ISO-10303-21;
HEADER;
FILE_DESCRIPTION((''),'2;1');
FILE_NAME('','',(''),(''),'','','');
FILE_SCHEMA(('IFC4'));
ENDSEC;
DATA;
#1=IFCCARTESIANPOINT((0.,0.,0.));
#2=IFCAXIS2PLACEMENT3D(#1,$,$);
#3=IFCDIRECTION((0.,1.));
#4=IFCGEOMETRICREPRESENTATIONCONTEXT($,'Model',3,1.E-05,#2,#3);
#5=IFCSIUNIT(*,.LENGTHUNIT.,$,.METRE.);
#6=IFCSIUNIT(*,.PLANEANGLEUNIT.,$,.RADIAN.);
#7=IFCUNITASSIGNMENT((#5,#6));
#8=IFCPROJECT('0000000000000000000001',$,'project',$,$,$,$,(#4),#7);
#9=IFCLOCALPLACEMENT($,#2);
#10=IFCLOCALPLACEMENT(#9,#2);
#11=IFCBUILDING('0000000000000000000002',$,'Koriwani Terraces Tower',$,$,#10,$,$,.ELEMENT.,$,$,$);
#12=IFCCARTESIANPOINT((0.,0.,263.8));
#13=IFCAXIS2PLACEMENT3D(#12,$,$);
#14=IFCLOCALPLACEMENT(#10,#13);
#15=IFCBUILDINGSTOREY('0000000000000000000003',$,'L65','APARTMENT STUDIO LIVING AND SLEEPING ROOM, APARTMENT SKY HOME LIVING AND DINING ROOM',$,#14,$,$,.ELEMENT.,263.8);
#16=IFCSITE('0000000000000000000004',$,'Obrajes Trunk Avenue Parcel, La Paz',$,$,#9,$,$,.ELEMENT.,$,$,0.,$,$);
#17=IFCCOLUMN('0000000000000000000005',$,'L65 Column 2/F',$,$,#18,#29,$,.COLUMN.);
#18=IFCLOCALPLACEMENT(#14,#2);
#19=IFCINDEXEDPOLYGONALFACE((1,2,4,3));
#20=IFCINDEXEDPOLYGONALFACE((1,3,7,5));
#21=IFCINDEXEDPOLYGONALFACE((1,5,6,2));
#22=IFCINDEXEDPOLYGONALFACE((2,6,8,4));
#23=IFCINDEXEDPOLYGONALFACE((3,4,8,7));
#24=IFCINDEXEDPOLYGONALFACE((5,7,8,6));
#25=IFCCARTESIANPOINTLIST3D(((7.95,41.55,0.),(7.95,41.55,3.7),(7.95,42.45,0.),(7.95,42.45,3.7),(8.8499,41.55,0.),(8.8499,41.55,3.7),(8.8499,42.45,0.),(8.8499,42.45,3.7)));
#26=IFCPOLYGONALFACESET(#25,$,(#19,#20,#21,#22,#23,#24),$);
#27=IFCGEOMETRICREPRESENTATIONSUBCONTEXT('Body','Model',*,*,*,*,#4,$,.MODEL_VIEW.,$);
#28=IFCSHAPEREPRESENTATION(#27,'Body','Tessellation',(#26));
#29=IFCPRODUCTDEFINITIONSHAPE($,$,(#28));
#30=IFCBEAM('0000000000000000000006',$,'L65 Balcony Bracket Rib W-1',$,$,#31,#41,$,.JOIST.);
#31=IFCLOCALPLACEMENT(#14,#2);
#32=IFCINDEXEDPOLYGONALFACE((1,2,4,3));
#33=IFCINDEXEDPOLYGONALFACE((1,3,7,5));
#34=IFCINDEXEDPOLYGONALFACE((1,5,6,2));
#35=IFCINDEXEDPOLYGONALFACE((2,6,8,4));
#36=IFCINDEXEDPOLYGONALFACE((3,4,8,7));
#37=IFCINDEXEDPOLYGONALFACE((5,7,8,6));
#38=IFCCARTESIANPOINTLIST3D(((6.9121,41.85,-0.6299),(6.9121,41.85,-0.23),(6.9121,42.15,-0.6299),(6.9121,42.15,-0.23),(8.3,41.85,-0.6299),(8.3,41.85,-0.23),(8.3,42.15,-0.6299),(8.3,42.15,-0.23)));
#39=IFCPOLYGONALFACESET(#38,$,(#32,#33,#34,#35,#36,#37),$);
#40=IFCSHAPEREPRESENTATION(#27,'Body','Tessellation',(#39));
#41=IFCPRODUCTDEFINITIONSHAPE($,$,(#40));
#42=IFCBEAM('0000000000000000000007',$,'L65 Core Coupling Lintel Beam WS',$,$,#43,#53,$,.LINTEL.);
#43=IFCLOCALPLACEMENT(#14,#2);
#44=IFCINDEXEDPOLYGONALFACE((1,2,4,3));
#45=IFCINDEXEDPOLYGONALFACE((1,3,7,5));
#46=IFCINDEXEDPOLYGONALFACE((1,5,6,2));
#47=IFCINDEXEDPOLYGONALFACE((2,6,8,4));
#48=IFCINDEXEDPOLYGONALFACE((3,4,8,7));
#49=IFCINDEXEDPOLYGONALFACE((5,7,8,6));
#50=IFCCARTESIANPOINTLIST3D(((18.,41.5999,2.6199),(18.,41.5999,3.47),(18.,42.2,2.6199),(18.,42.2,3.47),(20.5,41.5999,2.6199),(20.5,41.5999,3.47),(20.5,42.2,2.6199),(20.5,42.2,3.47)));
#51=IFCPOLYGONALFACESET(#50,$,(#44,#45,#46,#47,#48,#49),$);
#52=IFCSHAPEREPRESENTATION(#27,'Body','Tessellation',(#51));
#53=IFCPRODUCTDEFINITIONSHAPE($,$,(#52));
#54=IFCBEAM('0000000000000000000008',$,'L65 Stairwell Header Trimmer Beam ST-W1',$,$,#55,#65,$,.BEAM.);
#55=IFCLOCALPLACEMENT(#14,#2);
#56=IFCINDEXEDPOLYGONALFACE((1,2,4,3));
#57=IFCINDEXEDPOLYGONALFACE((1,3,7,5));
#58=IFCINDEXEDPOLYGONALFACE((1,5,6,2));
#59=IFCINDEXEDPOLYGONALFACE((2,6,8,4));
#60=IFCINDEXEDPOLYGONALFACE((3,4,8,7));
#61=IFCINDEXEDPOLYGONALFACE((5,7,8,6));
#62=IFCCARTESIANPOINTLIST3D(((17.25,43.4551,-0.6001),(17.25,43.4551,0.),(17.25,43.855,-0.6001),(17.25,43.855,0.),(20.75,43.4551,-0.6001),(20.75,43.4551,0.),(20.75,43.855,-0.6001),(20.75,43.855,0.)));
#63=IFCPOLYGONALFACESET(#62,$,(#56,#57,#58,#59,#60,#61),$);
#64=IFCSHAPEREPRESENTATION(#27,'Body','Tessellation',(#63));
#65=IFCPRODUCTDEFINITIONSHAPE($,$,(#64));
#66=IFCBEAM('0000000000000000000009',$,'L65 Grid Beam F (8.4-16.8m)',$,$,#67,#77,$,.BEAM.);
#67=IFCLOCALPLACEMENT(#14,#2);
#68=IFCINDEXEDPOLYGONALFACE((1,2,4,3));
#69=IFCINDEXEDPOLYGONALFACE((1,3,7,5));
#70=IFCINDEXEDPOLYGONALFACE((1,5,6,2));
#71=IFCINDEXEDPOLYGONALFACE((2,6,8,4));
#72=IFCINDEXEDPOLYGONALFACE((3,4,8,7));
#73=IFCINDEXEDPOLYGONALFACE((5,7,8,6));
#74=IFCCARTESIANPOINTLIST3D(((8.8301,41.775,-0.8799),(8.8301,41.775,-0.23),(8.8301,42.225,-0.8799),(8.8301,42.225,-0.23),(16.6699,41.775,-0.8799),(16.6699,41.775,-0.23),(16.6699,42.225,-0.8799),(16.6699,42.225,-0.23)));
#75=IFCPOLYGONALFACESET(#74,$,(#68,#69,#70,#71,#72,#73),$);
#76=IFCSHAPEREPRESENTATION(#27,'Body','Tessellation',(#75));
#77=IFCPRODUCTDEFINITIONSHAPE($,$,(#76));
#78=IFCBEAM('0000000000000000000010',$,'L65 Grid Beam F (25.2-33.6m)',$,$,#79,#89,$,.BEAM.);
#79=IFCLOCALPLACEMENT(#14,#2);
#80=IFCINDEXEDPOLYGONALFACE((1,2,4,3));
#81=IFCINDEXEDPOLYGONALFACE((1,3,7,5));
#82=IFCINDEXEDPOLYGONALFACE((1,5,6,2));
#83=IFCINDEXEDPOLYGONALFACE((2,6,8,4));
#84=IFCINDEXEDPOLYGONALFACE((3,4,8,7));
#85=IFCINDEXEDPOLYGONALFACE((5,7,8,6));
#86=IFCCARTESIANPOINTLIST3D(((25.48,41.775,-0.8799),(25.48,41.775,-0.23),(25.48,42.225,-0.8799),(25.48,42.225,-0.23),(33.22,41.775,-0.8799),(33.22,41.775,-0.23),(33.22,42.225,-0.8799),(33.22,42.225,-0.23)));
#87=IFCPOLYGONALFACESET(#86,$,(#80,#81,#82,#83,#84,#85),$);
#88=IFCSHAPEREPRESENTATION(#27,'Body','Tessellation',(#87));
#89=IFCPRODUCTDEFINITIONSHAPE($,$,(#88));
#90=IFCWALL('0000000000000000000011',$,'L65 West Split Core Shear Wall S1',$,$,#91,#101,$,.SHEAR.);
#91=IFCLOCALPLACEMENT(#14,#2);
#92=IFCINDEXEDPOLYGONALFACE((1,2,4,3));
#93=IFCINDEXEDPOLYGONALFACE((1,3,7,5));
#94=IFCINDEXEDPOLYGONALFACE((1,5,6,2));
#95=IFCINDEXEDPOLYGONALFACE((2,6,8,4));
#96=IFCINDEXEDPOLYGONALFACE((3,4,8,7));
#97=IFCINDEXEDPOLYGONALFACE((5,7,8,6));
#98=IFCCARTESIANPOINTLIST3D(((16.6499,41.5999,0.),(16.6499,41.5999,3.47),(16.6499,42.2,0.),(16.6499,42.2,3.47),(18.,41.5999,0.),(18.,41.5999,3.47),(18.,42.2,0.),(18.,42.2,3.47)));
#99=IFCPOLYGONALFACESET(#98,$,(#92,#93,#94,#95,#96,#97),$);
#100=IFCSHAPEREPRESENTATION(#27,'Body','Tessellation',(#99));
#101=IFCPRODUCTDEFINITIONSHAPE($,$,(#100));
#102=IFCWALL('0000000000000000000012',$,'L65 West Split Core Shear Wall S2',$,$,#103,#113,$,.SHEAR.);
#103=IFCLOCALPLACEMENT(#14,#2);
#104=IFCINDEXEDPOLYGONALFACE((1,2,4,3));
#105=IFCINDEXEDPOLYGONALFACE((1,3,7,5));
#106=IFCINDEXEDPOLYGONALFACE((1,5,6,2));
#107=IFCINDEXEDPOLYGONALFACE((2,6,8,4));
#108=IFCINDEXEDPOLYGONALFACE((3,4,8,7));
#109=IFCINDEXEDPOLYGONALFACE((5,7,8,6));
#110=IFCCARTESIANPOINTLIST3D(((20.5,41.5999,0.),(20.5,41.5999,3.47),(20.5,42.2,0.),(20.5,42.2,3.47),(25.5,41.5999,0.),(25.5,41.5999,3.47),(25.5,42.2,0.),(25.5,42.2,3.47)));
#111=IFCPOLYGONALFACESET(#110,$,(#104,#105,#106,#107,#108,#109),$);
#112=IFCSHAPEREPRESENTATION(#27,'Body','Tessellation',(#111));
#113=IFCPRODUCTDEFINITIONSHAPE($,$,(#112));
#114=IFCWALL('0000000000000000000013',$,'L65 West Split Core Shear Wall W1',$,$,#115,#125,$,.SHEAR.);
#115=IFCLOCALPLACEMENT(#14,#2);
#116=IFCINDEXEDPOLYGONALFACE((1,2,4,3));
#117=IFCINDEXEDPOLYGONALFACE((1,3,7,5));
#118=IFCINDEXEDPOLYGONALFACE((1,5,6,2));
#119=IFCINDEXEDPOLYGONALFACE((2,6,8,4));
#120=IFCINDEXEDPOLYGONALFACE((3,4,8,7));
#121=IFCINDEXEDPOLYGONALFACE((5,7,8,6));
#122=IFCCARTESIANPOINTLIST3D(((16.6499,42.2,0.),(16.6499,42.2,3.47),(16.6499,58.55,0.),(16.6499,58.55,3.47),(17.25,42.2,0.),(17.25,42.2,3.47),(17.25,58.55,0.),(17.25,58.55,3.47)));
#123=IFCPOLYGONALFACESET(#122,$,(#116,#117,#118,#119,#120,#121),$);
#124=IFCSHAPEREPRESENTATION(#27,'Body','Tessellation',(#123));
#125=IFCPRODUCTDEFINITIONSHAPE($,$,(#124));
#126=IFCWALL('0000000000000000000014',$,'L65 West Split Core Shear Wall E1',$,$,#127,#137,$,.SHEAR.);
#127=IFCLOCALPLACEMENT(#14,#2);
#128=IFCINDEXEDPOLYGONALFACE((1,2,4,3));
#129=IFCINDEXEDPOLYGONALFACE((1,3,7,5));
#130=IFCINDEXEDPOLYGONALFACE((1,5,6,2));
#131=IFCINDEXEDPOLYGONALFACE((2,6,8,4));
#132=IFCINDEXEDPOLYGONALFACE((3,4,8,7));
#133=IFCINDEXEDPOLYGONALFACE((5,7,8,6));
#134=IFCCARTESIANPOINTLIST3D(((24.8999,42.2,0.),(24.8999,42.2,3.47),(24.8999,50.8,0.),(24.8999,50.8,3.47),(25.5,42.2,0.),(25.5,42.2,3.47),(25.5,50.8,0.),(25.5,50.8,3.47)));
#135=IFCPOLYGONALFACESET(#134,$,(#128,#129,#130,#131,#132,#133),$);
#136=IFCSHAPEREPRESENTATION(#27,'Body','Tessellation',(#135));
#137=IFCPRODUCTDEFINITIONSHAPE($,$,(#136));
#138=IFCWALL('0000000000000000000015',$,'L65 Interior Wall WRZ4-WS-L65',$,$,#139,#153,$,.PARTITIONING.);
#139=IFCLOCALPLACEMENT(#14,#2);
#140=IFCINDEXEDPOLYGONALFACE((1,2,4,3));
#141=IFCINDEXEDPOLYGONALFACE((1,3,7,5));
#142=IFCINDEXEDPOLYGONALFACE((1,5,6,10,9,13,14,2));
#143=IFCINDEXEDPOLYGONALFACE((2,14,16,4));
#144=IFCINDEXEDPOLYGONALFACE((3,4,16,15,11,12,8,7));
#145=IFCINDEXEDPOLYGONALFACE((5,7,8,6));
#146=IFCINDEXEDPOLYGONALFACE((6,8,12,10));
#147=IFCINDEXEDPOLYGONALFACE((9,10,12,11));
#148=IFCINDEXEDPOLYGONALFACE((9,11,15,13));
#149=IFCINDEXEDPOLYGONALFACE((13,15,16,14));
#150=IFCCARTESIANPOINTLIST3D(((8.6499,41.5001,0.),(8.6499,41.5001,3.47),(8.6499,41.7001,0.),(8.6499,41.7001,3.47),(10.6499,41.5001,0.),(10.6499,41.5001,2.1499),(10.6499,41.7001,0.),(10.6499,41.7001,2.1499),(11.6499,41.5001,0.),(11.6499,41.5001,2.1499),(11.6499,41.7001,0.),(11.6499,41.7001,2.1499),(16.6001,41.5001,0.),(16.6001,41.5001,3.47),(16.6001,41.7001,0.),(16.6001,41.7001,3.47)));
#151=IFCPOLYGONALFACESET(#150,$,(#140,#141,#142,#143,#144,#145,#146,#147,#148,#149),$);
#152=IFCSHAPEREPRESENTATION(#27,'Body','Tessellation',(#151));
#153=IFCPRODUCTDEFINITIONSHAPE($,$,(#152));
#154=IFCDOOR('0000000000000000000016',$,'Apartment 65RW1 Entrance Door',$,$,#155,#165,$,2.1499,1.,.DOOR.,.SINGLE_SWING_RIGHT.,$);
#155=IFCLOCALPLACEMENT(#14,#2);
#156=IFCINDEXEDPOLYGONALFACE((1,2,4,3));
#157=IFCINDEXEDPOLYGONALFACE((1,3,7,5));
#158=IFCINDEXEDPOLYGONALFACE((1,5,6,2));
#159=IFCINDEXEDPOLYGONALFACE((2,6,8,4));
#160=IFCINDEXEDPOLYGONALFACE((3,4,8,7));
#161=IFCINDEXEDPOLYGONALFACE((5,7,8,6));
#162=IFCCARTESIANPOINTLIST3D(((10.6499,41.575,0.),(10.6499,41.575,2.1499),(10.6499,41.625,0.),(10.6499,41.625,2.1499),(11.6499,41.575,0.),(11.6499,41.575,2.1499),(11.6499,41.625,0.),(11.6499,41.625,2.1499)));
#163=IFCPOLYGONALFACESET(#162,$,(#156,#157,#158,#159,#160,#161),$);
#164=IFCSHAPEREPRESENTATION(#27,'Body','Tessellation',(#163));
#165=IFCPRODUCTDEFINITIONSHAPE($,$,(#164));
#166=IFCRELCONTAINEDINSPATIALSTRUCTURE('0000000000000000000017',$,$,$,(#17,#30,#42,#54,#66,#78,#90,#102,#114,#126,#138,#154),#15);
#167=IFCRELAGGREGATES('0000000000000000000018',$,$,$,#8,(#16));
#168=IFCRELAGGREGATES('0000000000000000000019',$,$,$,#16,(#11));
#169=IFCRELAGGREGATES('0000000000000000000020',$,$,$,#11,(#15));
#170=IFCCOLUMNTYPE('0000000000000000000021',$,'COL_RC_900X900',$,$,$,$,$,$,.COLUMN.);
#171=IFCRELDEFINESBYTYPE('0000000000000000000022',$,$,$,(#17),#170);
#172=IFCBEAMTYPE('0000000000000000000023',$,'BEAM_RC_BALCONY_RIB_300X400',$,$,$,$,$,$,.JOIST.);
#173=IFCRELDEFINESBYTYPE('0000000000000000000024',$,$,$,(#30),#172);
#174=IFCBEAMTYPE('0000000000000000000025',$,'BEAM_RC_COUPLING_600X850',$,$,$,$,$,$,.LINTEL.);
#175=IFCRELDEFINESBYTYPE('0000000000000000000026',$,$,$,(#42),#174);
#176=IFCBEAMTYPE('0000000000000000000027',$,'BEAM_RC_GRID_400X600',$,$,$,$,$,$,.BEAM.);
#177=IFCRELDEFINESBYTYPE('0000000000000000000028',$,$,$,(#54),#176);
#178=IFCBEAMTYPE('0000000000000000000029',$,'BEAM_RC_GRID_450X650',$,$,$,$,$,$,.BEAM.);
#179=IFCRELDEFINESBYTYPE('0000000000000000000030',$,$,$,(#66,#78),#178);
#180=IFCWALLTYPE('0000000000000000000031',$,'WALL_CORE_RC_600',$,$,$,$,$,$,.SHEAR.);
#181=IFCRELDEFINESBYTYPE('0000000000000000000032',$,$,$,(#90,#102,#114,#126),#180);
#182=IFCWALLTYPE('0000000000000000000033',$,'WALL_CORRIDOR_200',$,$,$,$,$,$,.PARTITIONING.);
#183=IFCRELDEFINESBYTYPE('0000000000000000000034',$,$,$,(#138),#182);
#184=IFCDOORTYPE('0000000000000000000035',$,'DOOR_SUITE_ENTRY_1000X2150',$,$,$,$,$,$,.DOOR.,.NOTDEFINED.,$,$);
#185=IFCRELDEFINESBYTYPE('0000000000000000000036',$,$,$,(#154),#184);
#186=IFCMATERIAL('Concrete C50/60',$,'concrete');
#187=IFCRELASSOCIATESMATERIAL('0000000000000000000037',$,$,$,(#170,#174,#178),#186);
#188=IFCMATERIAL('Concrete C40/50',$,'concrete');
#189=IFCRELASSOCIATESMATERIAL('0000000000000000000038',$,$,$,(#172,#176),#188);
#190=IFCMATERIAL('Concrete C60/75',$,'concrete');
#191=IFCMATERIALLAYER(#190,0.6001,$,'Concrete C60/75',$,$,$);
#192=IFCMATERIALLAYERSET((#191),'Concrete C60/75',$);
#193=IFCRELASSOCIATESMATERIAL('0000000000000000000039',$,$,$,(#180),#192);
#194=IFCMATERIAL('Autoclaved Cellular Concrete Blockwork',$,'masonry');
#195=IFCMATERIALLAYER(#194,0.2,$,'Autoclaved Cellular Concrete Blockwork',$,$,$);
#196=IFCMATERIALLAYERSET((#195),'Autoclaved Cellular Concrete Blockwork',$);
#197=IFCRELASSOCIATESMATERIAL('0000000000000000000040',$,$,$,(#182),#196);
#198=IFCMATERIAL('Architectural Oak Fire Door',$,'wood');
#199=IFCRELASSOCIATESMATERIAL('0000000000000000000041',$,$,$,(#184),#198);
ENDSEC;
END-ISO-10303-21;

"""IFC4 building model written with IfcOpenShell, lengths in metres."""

from ifc_helpers import new_model, si_unit, direction, frame, frame_2d, origin, origin_2d, place, context, subcontext, project, spatial, rectangle, extrude, material, layer, layer_set, material_profile, profile_set, type_object, element, fill, save


model = new_model("IFC4")

# Units and contexts
model_context = context("Model", 3, precision=1e-05, world=origin(), true_north=direction((0.0, 1.0)))
body_context = subcontext(model_context, "Body", "Model", "MODEL_VIEW")
ifc_project = project(units=[si_unit("LENGTHUNIT", "METRE"), si_unit("PLANEANGLEUNIT", "RADIAN")], contexts=[model_context])

# Site, building, storey
site_placement = place(None, origin())
site = spatial("IfcSite", under=ifc_project, at=site_placement, Name="Obrajes Trunk Avenue Parcel, La Paz", CompositionType="ELEMENT", RefElevation=0.0)
building_placement = place(site_placement, origin())
building = spatial("IfcBuilding", under=site, at=building_placement, Name="Koriwani Terraces Tower", CompositionType="ELEMENT")
storey_placement = place(building_placement, frame((0.0, 0.0, 263.8)))
storey = spatial("IfcBuildingStorey", under=building, at=storey_placement, Name="L65", Description="APARTMENT STUDIO LIVING AND SLEEPING ROOM, APARTMENT SKY HOME LIVING AND DINING ROOM", CompositionType="ELEMENT", Elevation=263.8)

# Column
ifc_material_1 = material(Name="Concrete C50/60", Category="concrete")
ifc_material_profile_1 = material_profile(ifc_material_1, rectangle(XDim=0.8999, YDim=0.8999, at=origin_2d()), Name="Concrete C50/60", Category="LoadBearing")
ifc_profile_set_1 = profile_set([ifc_material_profile_1], Name="Concrete C50/60")
column_type = type_object("IfcColumnType", Name="COL_RC_900X900", PredefinedType="COLUMN", material=ifc_profile_set_1)
column_placement = place(storey_placement, frame((8.3999, 42.0, 0.0), z_axis=(0.0, 0.0, 1.0), x_axis=(1.0, 0.0, 0.0)))
element("IfcColumn", 1, at=column_placement, inside=storey, type_object=column_type, Name="L65 Column 2/F", PredefinedType="COLUMN", context=body_context, shape_type="SweptSolid", body=[
    extrude(rectangle(XDim=0.8999, YDim=0.8999, at=origin_2d()), origin(), (0.0, 0.0, 1.0), 3.7),
])

# Beams
ifc_material_2 = material(Name="Concrete C40/50", Category="concrete")
ifc_material_profile_2 = material_profile(ifc_material_2, rectangle(XDim=0.3, YDim=0.3999, at=origin_2d()), Name="Concrete C40/50", Category="LoadBearing")
ifc_profile_set_2 = profile_set([ifc_material_profile_2], Name="Concrete C40/50")
beam_type_1 = type_object("IfcBeamType", Name="BEAM_RC_BALCONY_RIB_300X400", PredefinedType="JOIST", material=ifc_profile_set_2)
beam_1_placement = place(storey_placement, frame((6.9121, 42.0, -0.4299), z_axis=(1.0, 0.0, 0.0), x_axis=(0.0, 1.0, 0.0)))
element("IfcBeam", 2, at=beam_1_placement, inside=storey, type_object=beam_type_1, Name="L65 Balcony Bracket Rib W-1", PredefinedType="JOIST", context=body_context, shape_type="SweptSolid", body=[
    extrude(rectangle(XDim=0.3, YDim=0.3999, at=origin_2d()), origin(), (0.0, 0.0, 1.0), 1.3879),
])
ifc_material_profile_3 = material_profile(ifc_material_1, rectangle(XDim=0.6001, YDim=0.8501, at=origin_2d()), Name="Concrete C50/60", Category="LoadBearing")
ifc_profile_set_3 = profile_set([ifc_material_profile_3], Name="Concrete C50/60")
beam_type_2 = type_object("IfcBeamType", Name="BEAM_RC_COUPLING_600X850", PredefinedType="LINTEL", material=ifc_profile_set_3)
beam_2_placement = place(storey_placement, frame((18.0, 41.8999, 3.0449), z_axis=(1.0, 0.0, 0.0), x_axis=(0.0, 1.0, 0.0)))
element("IfcBeam", 3, at=beam_2_placement, inside=storey, type_object=beam_type_2, Name="L65 Core Coupling Lintel Beam WS", PredefinedType="LINTEL", context=body_context, shape_type="SweptSolid", body=[
    extrude(rectangle(XDim=0.6001, YDim=0.8501, at=origin_2d()), origin(), (0.0, 0.0, 1.0), 2.5),
])
ifc_material_profile_4 = material_profile(ifc_material_2, rectangle(XDim=0.3999, YDim=0.6001, at=origin_2d()), Name="Concrete C40/50", Category="LoadBearing")
ifc_profile_set_4 = profile_set([ifc_material_profile_4], Name="Concrete C40/50")
beam_type_3 = type_object("IfcBeamType", Name="BEAM_RC_GRID_400X600", PredefinedType="BEAM", material=ifc_profile_set_4)
beam_3_placement = place(storey_placement, frame((17.25, 43.655, -0.3), z_axis=(1.0, 0.0, 0.0), x_axis=(0.0, 1.0, 0.0)))
element("IfcBeam", 4, at=beam_3_placement, inside=storey, type_object=beam_type_3, Name="L65 Stairwell Header Trimmer Beam ST-W1", PredefinedType="BEAM", context=body_context, shape_type="SweptSolid", body=[
    extrude(rectangle(XDim=0.3999, YDim=0.6001, at=origin_2d()), origin(), (0.0, 0.0, 1.0), 3.5),
])
ifc_material_profile_5 = material_profile(ifc_material_1, rectangle(XDim=0.45, YDim=0.6499, at=origin_2d()), Name="Concrete C50/60", Category="LoadBearing")
ifc_profile_set_5 = profile_set([ifc_material_profile_5], Name="Concrete C50/60")
beam_type_4 = type_object("IfcBeamType", Name="BEAM_RC_GRID_450X650", PredefinedType="BEAM", material=ifc_profile_set_5)
beam_4_placement = place(storey_placement, frame((8.8301, 42.0, -0.5549), z_axis=(1.0, 0.0, 0.0), x_axis=(0.0, 1.0, 0.0)))
element("IfcBeam", 5, at=beam_4_placement, inside=storey, type_object=beam_type_4, Name="L65 Grid Beam F (8.4-16.8m)", PredefinedType="BEAM", context=body_context, shape_type="SweptSolid", body=[
    extrude(rectangle(XDim=0.45, YDim=0.6499, at=origin_2d()), origin(), (0.0, 0.0, 1.0), 7.8398),
])
beam_5_placement = place(storey_placement, frame((25.48, 42.0, -0.5549), z_axis=(1.0, 0.0, 0.0), x_axis=(0.0, 1.0, 0.0)))
element("IfcBeam", 6, at=beam_5_placement, inside=storey, type_object=beam_type_4, Name="L65 Grid Beam F (25.2-33.6m)", PredefinedType="BEAM", context=body_context, shape_type="SweptSolid", body=[
    extrude(rectangle(XDim=0.45, YDim=0.6499, at=origin_2d()), origin(), (0.0, 0.0, 1.0), 7.74),
])

# Walls
ifc_material_3 = material(Name="Concrete C60/75", Category="concrete")
ifc_layer_1 = layer(ifc_material_3, 0.6001, Name="Concrete C60/75")
ifc_layer_set_1 = layer_set([ifc_layer_1], Name="Concrete C60/75")
wall_type_1 = type_object("IfcWallType", Name="WALL_CORE_RC_600", PredefinedType="SHEAR", material=ifc_layer_set_1)
wall_1_placement = place(storey_placement, frame((16.6499, 41.8999, 0.0), z_axis=(0.0, 0.0, 1.0), x_axis=(1.0, 0.0, 0.0)))
element("IfcWall", 7, at=wall_1_placement, inside=storey, type_object=wall_type_1, Name="L65 West Split Core Shear Wall S1", PredefinedType="SHEAR", context=body_context, shape_type="SweptSolid", body=[
    extrude(rectangle(XDim=1.3501, YDim=0.6001, at=frame_2d((0.675, 0.0))), origin(), (0.0, 0.0, 1.0), 3.47),
])
wall_2_placement = place(storey_placement, frame((20.5, 41.8999, 0.0), z_axis=(0.0, 0.0, 1.0), x_axis=(1.0, 0.0, 0.0)))
element("IfcWall", 8, at=wall_2_placement, inside=storey, type_object=wall_type_1, Name="L65 West Split Core Shear Wall S2", PredefinedType="SHEAR", context=body_context, shape_type="SweptSolid", body=[
    extrude(rectangle(XDim=5.0, YDim=0.6001, at=frame_2d((2.5, 0.0))), origin(), (0.0, 0.0, 1.0), 3.47),
])
wall_3_placement = place(storey_placement, frame((16.95, 42.2, 0.0), z_axis=(0.0, 0.0, 1.0), x_axis=(0.0, 1.0, 0.0)))
element("IfcWall", 9, at=wall_3_placement, inside=storey, type_object=wall_type_1, Name="L65 West Split Core Shear Wall W1", PredefinedType="SHEAR", context=body_context, shape_type="SweptSolid", body=[
    extrude(rectangle(XDim=16.3501, YDim=0.6001, at=frame_2d((8.175, 0.0))), origin(), (0.0, 0.0, 1.0), 3.47),
])
wall_4_placement = place(storey_placement, frame((25.2, 42.2, 0.0), z_axis=(0.0, 0.0, 1.0), x_axis=(0.0, 1.0, 0.0)))
element("IfcWall", 10, at=wall_4_placement, inside=storey, type_object=wall_type_1, Name="L65 West Split Core Shear Wall E1", PredefinedType="SHEAR", context=body_context, shape_type="SweptSolid", body=[
    extrude(rectangle(XDim=8.6001, YDim=0.6001, at=frame_2d((4.3, 0.0))), origin(), (0.0, 0.0, 1.0), 3.47),
])

# Wall, opening, door
ifc_material_4 = material(Name="Autoclaved Cellular Concrete Blockwork", Category="masonry")
ifc_layer_2 = layer(ifc_material_4, 0.2, Name="Autoclaved Cellular Concrete Blockwork")
ifc_layer_set_2 = layer_set([ifc_layer_2], Name="Autoclaved Cellular Concrete Blockwork")
wall_type_2 = type_object("IfcWallType", Name="WALL_CORRIDOR_200", PredefinedType="PARTITIONING", material=ifc_layer_set_2)
wall_5_placement = place(storey_placement, frame((8.6499, 41.6001, 0.0), z_axis=(0.0, 0.0, 1.0), x_axis=(1.0, 0.0, 0.0)))
wall_5 = element("IfcWall", 11, at=wall_5_placement, inside=storey, type_object=wall_type_2, Name="L65 Interior Wall WRZ4-WS-L65", PredefinedType="PARTITIONING", context=body_context, shape_type="SweptSolid", body=[
    extrude(rectangle(XDim=7.9502, YDim=0.2, at=frame_2d((3.9751, 0.0))), origin(), (0.0, 0.0, 1.0), 3.47),
])
opening_1_placement = place(wall_5_placement, frame((2.0, 0.0, 0.0)))
opening_1 = element("IfcOpeningElement", 12, at=opening_1_placement, cuts=wall_5, PredefinedType="OPENING", context=body_context, shape_type="SweptSolid", body=[
    extrude(rectangle(XDim=1.0, YDim=2.1499, at=frame_2d((0.5, 1.075))), frame((0.0, 0.1099, 0.0), z_axis=(0.0, -1.0, 0.0), x_axis=(1.0, 0.0, 0.0)), (0.0, 0.0, 1.0), 0.22),
])
ifc_material_5 = material(Name="Architectural Oak Fire Door", Category="wood")
door_type_1 = type_object("IfcDoorType", Name="DOOR_SUITE_ENTRY_1000X2150", OperationType="NOTDEFINED", PredefinedType="DOOR", material=ifc_material_5)
door_1_placement = place(opening_1_placement, origin())
door_1 = element("IfcDoor", 13, at=door_1_placement, inside=storey, type_object=door_type_1, Name="Apartment 65RW1 Entrance Door", OperationType="SINGLE_SWING_RIGHT", OverallHeight=2.1499, OverallWidth=1.0, PredefinedType="DOOR", context=body_context, shape_type="SweptSolid", body=[
    extrude(rectangle(XDim=1.0, YDim=2.1499, at=frame_2d((0.5, 1.075))), frame((0.0, 0.0249, 0.0), z_axis=(0.0, -1.0, 0.0), x_axis=(1.0, 0.0, 0.0)), (0.0, 0.0, 1.0), 0.05),
])
fill(opening_1, door_1)

save(model, "model.ifc")
